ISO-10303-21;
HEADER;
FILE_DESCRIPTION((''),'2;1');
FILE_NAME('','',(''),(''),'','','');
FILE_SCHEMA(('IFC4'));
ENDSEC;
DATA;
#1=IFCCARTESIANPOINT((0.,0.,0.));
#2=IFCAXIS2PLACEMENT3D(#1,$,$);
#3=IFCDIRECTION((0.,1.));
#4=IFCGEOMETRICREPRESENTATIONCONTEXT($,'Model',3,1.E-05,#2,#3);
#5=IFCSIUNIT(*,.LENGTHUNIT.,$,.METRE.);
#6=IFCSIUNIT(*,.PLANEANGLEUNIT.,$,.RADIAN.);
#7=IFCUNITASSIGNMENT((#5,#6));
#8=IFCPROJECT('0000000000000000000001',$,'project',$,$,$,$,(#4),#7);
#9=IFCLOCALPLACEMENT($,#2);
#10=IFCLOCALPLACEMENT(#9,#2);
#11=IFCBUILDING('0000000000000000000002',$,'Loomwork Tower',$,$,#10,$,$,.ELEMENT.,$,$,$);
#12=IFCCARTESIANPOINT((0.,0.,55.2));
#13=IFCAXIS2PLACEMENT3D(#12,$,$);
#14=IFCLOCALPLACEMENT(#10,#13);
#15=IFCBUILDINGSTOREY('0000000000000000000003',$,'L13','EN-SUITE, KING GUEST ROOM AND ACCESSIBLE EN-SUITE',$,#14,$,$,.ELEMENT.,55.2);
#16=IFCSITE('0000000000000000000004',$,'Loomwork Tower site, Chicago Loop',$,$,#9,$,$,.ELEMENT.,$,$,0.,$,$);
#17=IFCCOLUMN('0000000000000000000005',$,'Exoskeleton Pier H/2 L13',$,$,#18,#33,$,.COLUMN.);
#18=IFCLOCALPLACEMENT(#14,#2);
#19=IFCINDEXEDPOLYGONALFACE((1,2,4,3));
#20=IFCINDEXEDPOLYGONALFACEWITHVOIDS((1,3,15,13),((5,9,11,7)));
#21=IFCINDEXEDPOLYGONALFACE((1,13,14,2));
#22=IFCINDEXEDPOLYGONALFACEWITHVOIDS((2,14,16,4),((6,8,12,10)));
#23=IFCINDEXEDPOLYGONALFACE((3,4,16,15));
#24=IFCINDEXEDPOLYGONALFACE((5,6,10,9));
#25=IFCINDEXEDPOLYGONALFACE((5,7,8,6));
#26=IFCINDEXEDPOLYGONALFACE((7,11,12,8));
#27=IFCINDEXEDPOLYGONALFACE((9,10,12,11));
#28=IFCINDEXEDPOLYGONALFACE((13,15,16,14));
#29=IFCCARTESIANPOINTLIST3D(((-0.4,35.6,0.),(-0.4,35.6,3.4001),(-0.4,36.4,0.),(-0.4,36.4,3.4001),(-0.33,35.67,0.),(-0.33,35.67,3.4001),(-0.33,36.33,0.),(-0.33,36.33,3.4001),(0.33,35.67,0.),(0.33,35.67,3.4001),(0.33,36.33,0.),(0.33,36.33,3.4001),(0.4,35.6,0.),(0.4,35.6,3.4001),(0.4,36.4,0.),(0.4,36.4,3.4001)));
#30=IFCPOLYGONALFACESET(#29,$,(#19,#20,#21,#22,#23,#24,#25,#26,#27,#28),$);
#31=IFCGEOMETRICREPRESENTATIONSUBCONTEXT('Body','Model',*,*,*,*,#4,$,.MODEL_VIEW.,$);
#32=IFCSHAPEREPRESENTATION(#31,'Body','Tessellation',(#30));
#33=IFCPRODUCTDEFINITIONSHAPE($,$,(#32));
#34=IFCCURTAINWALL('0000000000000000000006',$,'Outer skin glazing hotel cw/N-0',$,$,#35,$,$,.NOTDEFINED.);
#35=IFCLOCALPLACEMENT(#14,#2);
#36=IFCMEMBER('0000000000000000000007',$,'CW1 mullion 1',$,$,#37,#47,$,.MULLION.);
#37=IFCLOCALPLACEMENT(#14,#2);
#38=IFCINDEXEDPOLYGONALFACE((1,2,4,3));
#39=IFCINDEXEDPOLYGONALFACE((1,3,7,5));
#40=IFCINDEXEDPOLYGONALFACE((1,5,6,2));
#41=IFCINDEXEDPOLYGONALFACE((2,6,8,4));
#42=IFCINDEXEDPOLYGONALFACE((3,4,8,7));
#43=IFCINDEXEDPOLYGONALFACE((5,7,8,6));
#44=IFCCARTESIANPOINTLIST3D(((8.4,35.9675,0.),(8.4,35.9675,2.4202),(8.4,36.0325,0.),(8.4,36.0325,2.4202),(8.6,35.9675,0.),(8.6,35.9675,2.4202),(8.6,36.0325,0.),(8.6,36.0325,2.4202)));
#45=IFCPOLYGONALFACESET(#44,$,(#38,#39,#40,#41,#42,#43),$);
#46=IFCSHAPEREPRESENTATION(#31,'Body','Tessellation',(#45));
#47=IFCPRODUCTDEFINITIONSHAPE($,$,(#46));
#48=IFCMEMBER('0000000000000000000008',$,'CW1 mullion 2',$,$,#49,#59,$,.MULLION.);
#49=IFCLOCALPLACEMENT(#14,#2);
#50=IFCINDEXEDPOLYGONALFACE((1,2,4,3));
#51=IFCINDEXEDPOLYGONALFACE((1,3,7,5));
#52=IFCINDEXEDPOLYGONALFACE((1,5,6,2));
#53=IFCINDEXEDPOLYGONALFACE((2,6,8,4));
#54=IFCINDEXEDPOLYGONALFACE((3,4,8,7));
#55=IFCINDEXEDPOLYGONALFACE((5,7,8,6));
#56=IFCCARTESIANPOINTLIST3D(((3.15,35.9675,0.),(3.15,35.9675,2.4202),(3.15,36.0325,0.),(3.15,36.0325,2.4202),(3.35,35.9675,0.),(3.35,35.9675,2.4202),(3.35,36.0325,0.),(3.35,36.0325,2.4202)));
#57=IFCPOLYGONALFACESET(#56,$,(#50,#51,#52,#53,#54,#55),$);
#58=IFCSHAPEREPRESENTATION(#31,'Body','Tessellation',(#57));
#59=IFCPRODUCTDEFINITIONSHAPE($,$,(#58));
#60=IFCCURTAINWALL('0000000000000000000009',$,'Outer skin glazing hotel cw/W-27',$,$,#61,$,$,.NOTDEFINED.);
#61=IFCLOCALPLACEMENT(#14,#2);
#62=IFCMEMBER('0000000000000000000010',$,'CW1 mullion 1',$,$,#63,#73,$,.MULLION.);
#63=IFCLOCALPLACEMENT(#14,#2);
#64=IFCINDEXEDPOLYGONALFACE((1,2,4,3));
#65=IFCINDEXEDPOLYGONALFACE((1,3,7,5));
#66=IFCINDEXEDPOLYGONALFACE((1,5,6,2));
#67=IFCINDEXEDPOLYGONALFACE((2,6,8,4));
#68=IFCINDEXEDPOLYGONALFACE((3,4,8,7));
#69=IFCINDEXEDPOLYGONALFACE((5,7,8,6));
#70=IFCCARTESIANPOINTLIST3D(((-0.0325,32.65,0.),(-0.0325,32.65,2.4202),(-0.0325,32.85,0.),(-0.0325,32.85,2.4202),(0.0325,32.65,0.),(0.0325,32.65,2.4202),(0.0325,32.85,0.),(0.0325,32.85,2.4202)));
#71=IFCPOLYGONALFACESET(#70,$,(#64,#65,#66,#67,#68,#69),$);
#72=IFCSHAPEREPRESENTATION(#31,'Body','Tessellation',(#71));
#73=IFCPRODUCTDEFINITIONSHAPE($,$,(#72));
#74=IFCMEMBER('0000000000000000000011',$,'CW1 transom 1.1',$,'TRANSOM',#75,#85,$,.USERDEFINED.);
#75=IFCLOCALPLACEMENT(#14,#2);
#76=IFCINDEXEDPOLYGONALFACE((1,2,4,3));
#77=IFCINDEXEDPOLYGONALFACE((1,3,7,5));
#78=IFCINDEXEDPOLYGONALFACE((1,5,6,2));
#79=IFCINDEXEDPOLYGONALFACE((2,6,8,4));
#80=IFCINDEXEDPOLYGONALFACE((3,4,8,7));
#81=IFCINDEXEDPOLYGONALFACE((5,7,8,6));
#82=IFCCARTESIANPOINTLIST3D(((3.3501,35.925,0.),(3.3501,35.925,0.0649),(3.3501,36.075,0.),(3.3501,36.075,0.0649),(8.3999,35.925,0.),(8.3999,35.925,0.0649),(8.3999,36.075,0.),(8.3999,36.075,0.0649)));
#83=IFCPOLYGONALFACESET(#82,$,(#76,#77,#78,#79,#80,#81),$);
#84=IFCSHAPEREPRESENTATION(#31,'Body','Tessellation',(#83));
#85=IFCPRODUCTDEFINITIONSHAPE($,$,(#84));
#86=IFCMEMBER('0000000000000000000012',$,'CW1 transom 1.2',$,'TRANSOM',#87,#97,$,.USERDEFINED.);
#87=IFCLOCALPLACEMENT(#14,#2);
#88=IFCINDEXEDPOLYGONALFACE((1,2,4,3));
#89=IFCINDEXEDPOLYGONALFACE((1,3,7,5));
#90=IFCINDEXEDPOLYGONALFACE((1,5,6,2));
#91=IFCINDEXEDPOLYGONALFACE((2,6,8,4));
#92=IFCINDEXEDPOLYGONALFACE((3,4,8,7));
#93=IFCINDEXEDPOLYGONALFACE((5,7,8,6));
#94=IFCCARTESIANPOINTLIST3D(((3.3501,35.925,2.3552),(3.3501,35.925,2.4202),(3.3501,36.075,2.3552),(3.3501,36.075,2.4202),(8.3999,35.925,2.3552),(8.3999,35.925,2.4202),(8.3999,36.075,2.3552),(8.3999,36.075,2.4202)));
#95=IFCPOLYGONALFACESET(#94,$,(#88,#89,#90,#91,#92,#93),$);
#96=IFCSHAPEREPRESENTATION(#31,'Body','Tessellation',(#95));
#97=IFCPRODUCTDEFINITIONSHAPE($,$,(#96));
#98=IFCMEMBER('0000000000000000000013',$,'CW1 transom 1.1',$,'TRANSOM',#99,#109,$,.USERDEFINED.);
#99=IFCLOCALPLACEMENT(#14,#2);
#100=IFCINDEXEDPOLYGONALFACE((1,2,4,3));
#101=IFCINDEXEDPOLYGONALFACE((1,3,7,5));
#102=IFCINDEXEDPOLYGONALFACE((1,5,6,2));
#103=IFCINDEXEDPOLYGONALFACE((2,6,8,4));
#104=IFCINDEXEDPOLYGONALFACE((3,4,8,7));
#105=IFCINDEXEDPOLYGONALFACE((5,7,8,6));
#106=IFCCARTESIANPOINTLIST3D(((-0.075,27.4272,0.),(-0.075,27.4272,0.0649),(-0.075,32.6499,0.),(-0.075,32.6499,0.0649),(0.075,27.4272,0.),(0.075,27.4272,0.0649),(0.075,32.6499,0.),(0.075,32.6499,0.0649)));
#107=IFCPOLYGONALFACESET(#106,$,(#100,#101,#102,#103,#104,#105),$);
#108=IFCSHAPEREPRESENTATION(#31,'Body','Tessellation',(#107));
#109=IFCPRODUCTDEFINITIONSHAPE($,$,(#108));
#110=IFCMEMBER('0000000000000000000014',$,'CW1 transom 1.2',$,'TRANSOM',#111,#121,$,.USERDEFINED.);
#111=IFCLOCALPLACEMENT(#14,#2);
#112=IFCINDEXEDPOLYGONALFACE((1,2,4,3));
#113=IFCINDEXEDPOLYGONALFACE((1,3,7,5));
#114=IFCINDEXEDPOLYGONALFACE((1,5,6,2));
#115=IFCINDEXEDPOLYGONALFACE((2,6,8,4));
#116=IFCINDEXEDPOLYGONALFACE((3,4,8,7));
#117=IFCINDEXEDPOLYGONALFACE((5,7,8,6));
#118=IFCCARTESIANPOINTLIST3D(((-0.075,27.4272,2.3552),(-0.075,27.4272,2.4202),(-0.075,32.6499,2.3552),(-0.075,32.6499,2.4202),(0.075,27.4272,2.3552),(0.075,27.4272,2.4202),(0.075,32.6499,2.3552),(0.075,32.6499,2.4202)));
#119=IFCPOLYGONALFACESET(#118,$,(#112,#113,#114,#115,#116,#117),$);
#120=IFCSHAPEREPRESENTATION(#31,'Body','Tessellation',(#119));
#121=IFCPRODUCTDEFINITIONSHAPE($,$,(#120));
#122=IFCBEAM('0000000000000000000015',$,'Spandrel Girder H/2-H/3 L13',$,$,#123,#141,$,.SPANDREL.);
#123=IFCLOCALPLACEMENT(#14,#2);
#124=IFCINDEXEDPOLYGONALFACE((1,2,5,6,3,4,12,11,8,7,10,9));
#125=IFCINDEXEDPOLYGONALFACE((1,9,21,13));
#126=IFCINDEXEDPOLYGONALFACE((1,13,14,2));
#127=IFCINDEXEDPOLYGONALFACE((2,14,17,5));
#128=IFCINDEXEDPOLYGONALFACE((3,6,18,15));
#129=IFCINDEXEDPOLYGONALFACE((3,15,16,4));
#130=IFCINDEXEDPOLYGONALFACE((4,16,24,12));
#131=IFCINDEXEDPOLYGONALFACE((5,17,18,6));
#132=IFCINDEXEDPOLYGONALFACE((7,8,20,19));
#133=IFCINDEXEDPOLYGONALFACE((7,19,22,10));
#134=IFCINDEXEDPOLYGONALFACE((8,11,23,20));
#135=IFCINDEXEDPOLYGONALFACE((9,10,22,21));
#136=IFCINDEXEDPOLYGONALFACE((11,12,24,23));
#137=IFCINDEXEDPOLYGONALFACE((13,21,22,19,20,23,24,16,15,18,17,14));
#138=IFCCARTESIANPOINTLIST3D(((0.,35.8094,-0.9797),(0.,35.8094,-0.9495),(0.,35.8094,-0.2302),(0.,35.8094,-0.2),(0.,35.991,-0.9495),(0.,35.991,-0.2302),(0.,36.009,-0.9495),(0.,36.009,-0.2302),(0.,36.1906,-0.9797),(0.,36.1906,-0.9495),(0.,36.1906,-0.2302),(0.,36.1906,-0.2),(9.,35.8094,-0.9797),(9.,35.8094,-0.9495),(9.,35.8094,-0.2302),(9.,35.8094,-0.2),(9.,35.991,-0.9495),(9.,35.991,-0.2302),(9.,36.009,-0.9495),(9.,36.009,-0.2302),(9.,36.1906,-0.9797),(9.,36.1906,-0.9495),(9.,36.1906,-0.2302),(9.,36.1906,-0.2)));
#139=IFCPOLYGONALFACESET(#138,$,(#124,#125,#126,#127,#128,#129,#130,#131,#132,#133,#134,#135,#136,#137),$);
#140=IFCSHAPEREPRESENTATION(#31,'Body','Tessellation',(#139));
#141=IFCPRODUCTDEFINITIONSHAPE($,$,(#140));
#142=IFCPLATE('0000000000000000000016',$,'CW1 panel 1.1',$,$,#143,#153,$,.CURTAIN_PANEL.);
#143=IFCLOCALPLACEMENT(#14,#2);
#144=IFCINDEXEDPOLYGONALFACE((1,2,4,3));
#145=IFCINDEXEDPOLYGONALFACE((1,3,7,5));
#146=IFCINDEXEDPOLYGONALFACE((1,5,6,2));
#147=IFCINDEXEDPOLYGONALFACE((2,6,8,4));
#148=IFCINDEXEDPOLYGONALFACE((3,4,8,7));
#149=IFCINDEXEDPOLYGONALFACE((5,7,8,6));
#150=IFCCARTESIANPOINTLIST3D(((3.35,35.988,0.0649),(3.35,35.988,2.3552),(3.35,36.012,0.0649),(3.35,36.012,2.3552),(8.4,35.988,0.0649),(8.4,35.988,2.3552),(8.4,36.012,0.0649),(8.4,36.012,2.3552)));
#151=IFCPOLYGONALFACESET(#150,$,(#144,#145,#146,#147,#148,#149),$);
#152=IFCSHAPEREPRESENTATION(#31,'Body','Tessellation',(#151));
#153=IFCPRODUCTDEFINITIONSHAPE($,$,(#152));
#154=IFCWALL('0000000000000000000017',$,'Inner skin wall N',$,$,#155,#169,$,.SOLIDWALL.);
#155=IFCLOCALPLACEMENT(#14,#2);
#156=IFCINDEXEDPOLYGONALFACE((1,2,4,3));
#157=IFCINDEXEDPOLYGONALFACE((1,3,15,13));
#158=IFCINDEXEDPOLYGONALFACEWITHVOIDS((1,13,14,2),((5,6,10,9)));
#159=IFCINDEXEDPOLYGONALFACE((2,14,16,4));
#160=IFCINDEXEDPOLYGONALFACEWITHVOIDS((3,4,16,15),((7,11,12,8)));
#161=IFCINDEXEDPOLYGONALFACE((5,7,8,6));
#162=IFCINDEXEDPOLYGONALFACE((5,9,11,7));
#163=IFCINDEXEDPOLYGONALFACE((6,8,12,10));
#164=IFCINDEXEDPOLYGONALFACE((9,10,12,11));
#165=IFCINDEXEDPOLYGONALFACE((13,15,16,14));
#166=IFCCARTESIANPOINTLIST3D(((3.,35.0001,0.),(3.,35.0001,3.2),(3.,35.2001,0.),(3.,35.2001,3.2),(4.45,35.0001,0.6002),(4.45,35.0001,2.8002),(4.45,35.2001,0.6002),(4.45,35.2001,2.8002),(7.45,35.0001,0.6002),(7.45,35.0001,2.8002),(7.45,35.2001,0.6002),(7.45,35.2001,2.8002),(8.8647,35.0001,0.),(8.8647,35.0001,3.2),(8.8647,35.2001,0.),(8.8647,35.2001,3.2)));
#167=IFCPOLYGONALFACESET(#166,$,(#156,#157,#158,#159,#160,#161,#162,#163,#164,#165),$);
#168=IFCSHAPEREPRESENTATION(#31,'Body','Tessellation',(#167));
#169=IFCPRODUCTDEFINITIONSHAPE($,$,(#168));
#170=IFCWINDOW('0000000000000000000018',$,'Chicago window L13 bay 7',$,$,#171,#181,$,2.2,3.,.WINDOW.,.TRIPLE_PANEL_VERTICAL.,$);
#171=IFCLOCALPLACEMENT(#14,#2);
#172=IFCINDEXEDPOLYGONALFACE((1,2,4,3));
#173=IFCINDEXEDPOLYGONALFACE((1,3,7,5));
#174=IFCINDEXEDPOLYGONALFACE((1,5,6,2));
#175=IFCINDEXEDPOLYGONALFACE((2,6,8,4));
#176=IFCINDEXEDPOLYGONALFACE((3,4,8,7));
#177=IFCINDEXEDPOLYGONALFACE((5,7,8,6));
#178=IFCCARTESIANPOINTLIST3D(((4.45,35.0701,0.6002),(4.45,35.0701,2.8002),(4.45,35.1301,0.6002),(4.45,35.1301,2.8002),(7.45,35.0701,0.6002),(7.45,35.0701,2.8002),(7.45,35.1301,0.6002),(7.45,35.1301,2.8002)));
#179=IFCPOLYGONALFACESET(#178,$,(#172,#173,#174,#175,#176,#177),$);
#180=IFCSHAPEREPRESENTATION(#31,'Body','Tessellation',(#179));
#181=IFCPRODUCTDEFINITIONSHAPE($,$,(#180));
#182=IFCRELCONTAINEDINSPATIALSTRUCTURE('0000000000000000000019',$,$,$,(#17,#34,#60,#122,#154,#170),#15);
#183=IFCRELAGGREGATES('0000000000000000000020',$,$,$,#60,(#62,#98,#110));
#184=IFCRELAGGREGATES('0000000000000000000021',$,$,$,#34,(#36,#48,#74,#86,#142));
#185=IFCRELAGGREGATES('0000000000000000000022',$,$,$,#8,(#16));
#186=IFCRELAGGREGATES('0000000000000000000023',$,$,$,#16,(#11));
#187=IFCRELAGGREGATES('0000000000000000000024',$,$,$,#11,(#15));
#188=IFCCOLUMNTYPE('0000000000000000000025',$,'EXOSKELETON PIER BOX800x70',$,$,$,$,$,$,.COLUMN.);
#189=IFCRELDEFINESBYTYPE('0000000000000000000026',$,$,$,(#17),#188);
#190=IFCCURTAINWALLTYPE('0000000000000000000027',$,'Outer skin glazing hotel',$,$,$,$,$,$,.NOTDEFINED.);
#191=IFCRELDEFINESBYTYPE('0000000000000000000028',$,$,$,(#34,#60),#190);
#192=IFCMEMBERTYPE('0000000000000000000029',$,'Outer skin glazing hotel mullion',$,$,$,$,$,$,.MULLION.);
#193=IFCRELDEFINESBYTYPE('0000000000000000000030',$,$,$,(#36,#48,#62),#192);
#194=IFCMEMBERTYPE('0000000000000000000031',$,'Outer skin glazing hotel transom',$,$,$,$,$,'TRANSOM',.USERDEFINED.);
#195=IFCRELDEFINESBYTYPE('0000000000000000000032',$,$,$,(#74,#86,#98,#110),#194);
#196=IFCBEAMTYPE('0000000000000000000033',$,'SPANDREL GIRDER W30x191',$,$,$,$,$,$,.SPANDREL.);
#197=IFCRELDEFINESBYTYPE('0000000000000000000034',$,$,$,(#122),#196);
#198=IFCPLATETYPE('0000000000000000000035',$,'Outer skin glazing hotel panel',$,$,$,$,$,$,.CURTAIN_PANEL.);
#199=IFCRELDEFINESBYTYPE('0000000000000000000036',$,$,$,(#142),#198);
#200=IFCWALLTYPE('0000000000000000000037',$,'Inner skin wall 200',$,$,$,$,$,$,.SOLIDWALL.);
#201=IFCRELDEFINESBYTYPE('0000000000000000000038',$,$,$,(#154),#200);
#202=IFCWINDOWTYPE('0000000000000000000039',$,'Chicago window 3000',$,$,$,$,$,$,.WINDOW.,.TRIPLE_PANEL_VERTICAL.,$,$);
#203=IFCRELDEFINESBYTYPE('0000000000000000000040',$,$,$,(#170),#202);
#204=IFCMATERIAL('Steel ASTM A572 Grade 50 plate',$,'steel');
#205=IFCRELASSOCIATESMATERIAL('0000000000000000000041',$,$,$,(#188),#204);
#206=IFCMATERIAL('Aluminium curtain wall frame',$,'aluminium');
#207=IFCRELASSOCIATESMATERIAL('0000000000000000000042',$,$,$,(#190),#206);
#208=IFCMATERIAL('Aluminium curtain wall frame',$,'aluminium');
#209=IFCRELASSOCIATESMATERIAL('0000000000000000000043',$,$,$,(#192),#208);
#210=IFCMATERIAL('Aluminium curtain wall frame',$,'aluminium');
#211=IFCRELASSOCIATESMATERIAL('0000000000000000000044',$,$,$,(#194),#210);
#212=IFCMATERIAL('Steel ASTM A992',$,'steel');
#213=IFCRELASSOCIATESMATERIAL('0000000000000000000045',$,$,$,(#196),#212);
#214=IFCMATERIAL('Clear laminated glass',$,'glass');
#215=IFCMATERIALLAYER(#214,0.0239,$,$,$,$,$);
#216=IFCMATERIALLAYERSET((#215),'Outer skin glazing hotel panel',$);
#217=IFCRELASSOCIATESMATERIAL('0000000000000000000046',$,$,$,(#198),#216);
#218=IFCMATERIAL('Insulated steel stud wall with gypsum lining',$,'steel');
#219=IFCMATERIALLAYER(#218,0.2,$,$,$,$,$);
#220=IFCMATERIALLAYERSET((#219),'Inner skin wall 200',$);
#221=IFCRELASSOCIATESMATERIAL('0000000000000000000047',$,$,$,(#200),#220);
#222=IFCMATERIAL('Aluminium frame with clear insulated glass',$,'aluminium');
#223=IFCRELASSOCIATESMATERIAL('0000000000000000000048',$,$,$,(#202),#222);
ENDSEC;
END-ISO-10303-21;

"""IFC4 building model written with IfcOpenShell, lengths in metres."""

from ifc_helpers import new_model, si_unit, direction, frame, frame_2d, origin, origin_2d, place, context, subcontext, project, spatial, rectangle, hollow_rectangle, i_section, extrude, material, layer, layer_set, material_profile, profile_set, type_object, element, fill, aggregate, save


model = new_model("IFC4")

# Units and contexts
model_context = context("Model", 3, precision=1e-05, world=origin(), true_north=direction((0.0, 1.0)))
body_context = subcontext(model_context, "Body", "Model", "MODEL_VIEW")
ifc_project = project(units=[si_unit("LENGTHUNIT", "METRE"), si_unit("PLANEANGLEUNIT", "RADIAN")], contexts=[model_context])

# Site, building, storey
site_placement = place(None, origin())
site = spatial("IfcSite", under=ifc_project, at=site_placement, Name="Loomwork Tower site, Chicago Loop", CompositionType="ELEMENT", RefElevation=0.0)
building_placement = place(site_placement, origin())
building = spatial("IfcBuilding", under=site, at=building_placement, Name="Loomwork Tower", CompositionType="ELEMENT")
storey_placement = place(building_placement, frame((0.0, 0.0, 55.2)))
storey = spatial("IfcBuildingStorey", under=building, at=storey_placement, Name="L13", Description="EN-SUITE, KING GUEST ROOM AND ACCESSIBLE EN-SUITE", CompositionType="ELEMENT", Elevation=55.2)

# Column
ifc_material_1 = material(Name="Steel ASTM A572 Grade 50 plate", Category="steel")
ifc_material_profile_1 = material_profile(ifc_material_1, hollow_rectangle(XDim=0.8, YDim=0.8, WallThickness=0.0701, at=origin_2d()), Name="BOX800x70")
ifc_profile_set_1 = profile_set([ifc_material_profile_1], Name="Steel ASTM A572 Grade 50 plate")
column_type = type_object("IfcColumnType", Name="EXOSKELETON PIER BOX800x70", PredefinedType="COLUMN", material=ifc_profile_set_1)
column_placement = place(storey_placement, frame((0.0, 36.0, 0.0), z_axis=(0.0, 0.0, 1.0), x_axis=(1.0, 0.0, 0.0)))
element("IfcColumn", 1, at=column_placement, inside=storey, type_object=column_type, Name="Exoskeleton Pier H/2 L13", PredefinedType="COLUMN", context=body_context, shape_type="SweptSolid", body=[
    extrude(hollow_rectangle(XDim=0.8, YDim=0.8, WallThickness=0.0701, at=origin_2d()), origin(), (0.0, 0.0, 1.0), 3.4001),
])

# Curtain wall, members
ifc_material_2 = material(Name="Aluminium curtain wall frame", Category="aluminium")
curtain_wall_type = type_object("IfcCurtainWallType", Name="Outer skin glazing hotel", PredefinedType="NOTDEFINED", material=ifc_material_2)
curtain_wall_1_placement = place(storey_placement, origin())
curtain_wall_1 = element("IfcCurtainWall", 2, at=curtain_wall_1_placement, inside=storey, type_object=curtain_wall_type, Name="Outer skin glazing hotel cw/N-0", PredefinedType="NOTDEFINED")
ifc_material_3 = material(Name="Aluminium curtain wall frame", Category="aluminium")
ifc_material_profile_2 = material_profile(ifc_material_3, rectangle(XDim=0.0649, YDim=0.2, at=origin_2d()), Name="AL 65x200")
ifc_profile_set_2 = profile_set([ifc_material_profile_2], Name="Aluminium curtain wall frame")
member_type_1 = type_object("IfcMemberType", Name="Outer skin glazing hotel mullion", PredefinedType="MULLION", material=ifc_profile_set_2)
member_1_placement = place(storey_placement, frame((8.5, 36.0, 0.0), z_axis=(0.0, 0.0, 1.0), x_axis=(0.0, -1.0, 0.0)))
member_1 = element("IfcMember", 3, at=member_1_placement, type_object=member_type_1, Name="CW1 mullion 1", PredefinedType="MULLION", context=body_context, shape_type="SweptSolid", body=[
    extrude(rectangle(XDim=0.0649, YDim=0.2, at=origin_2d()), origin(), (0.0, 0.0, 1.0), 2.4202),
])
member_2_placement = place(storey_placement, frame((3.25, 36.0, 0.0), z_axis=(0.0, 0.0, 1.0), x_axis=(0.0, -1.0, 0.0)))
member_2 = element("IfcMember", 4, at=member_2_placement, type_object=member_type_1, Name="CW1 mullion 2", PredefinedType="MULLION", context=body_context, shape_type="SweptSolid", body=[
    extrude(rectangle(XDim=0.0649, YDim=0.2, at=origin_2d()), origin(), (0.0, 0.0, 1.0), 2.4202),
])

# Curtain wall, member
curtain_wall_2_placement = place(storey_placement, origin())
curtain_wall_2 = element("IfcCurtainWall", 5, at=curtain_wall_2_placement, inside=storey, type_object=curtain_wall_type, Name="Outer skin glazing hotel cw/W-27", PredefinedType="NOTDEFINED")
member_3_placement = place(storey_placement, frame((0.0, 32.75, 0.0), z_axis=(0.0, 0.0, 1.0), x_axis=(1.0, 0.0, 0.0)))
member_3 = element("IfcMember", 6, at=member_3_placement, type_object=member_type_1, Name="CW1 mullion 1", PredefinedType="MULLION", context=body_context, shape_type="SweptSolid", body=[
    extrude(rectangle(XDim=0.0649, YDim=0.2, at=origin_2d()), origin(), (0.0, 0.0, 1.0), 2.4202),
])

# Members
ifc_material_4 = material(Name="Aluminium curtain wall frame", Category="aluminium")
ifc_material_profile_3 = material_profile(ifc_material_4, rectangle(XDim=0.1499, YDim=0.0649, at=origin_2d()), Name="AL 65x150")
ifc_profile_set_3 = profile_set([ifc_material_profile_3], Name="Aluminium curtain wall frame")
member_type_2 = type_object("IfcMemberType", Name="Outer skin glazing hotel transom", ElementType="TRANSOM", PredefinedType="USERDEFINED", material=ifc_profile_set_3)
member_4_placement = place(storey_placement, frame((8.3999, 36.0, 0.0325), z_axis=(-1.0, 0.0, 0.0), x_axis=(0.0, -1.0, 0.0)))
member_4 = element("IfcMember", 7, at=member_4_placement, type_object=member_type_2, Name="CW1 transom 1.1", ObjectType="TRANSOM", PredefinedType="USERDEFINED", context=body_context, shape_type="SweptSolid", body=[
    extrude(rectangle(XDim=0.1499, YDim=0.0649, at=origin_2d()), origin(), (0.0, 0.0, 1.0), 5.0498),
])
member_5_placement = place(storey_placement, frame((8.3999, 36.0, 2.3877), z_axis=(-1.0, 0.0, 0.0), x_axis=(0.0, -1.0, 0.0)))
member_5 = element("IfcMember", 8, at=member_5_placement, type_object=member_type_2, Name="CW1 transom 1.2", ObjectType="TRANSOM", PredefinedType="USERDEFINED", context=body_context, shape_type="SweptSolid", body=[
    extrude(rectangle(XDim=0.1499, YDim=0.0649, at=origin_2d()), origin(), (0.0, 0.0, 1.0), 5.0498),
])
member_6_placement = place(storey_placement, frame((0.0, 32.6499, 0.0325), z_axis=(0.0, -1.0, 0.0), x_axis=(1.0, 0.0, 0.0)))
member_6 = element("IfcMember", 9, at=member_6_placement, type_object=member_type_2, Name="CW1 transom 1.1", ObjectType="TRANSOM", PredefinedType="USERDEFINED", context=body_context, shape_type="SweptSolid", body=[
    extrude(rectangle(XDim=0.1499, YDim=0.0649, at=origin_2d()), origin(), (0.0, 0.0, 1.0), 5.2227),
])
member_7_placement = place(storey_placement, frame((0.0, 32.6499, 2.3877), z_axis=(0.0, -1.0, 0.0), x_axis=(1.0, 0.0, 0.0)))
member_7 = element("IfcMember", 10, at=member_7_placement, type_object=member_type_2, Name="CW1 transom 1.2", ObjectType="TRANSOM", PredefinedType="USERDEFINED", context=body_context, shape_type="SweptSolid", body=[
    extrude(rectangle(XDim=0.1499, YDim=0.0649, at=origin_2d()), origin(), (0.0, 0.0, 1.0), 5.2227),
])
aggregate(curtain_wall_2, [member_3, member_6, member_7])

# Beam
ifc_material_5 = material(Name="Steel ASTM A992", Category="steel")
ifc_material_profile_4 = material_profile(ifc_material_5, i_section(OverallWidth=0.3811, OverallDepth=0.7798, WebThickness=0.0181, FlangeThickness=0.0303, at=origin_2d()), Name="W30x191")
ifc_profile_set_4 = profile_set([ifc_material_profile_4], Name="Steel ASTM A992")
beam_type = type_object("IfcBeamType", Name="SPANDREL GIRDER W30x191", PredefinedType="SPANDREL", material=ifc_profile_set_4)
beam_placement = place(storey_placement, frame((0.0, 36.0, -0.5898), z_axis=(1.0, 0.0, 0.0), x_axis=(0.0, 1.0, 0.0)))
element("IfcBeam", 11, at=beam_placement, inside=storey, type_object=beam_type, Name="Spandrel Girder H/2-H/3 L13", PredefinedType="SPANDREL", context=body_context, shape_type="SweptSolid", body=[
    extrude(i_section(OverallWidth=0.3811, OverallDepth=0.7798, WebThickness=0.0181, FlangeThickness=0.0303, at=origin_2d()), origin(), (0.0, 0.0, 1.0), 9.0),
])

# Plate
ifc_material_6 = material(Name="Clear laminated glass", Category="glass")
ifc_layer_1 = layer(ifc_material_6, 0.0239)
ifc_layer_set_1 = layer_set([ifc_layer_1], Name="Outer skin glazing hotel panel")
plate_type = type_object("IfcPlateType", Name="Outer skin glazing hotel panel", PredefinedType="CURTAIN_PANEL", material=ifc_layer_set_1)
plate_placement = place(storey_placement, frame((5.875, 36.0, 0.0649), z_axis=(0.0, 0.0, 1.0), x_axis=(-1.0, 0.0, 0.0)))
plate = element("IfcPlate", 12, at=plate_placement, type_object=plate_type, Name="CW1 panel 1.1", PredefinedType="CURTAIN_PANEL", context=body_context, shape_type="SweptSolid", body=[
    extrude(rectangle(XDim=5.05, YDim=0.0239, at=origin_2d()), origin(), (0.0, 0.0, 1.0), 2.2903),
])
aggregate(curtain_wall_1, [member_1, member_2, member_4, member_5, plate])

# Wall, opening, window
ifc_material_7 = material(Name="Insulated steel stud wall with gypsum lining", Category="steel")
ifc_layer_2 = layer(ifc_material_7, 0.2)
ifc_layer_set_2 = layer_set([ifc_layer_2], Name="Inner skin wall 200")
wall_type_1 = type_object("IfcWallType", Name="Inner skin wall 200", PredefinedType="SOLIDWALL", material=ifc_layer_set_2)
wall_1_placement = place(storey_placement, frame((3.0, 35.1001, 0.0), z_axis=(0.0, 0.0, 1.0), x_axis=(1.0, 0.0, 0.0)))
wall_1 = element("IfcWall", 13, at=wall_1_placement, inside=storey, type_object=wall_type_1, Name="Inner skin wall N", PredefinedType="SOLIDWALL", context=body_context, shape_type="SweptSolid", body=[
    extrude(rectangle(XDim=5.8647, YDim=0.2, at=frame_2d((2.9324, 0.0))), origin(), (0.0, 0.0, 1.0), 3.2),
])
opening_1_placement = place(wall_1_placement, frame((1.45, 0.0, 0.6001)))
opening_1 = element("IfcOpeningElement", 14, at=opening_1_placement, cuts=wall_1, PredefinedType="OPENING", context=body_context, shape_type="SweptSolid", body=[
    extrude(rectangle(XDim=3.0, YDim=2.2, at=frame_2d((1.5, 1.1001))), frame((0.0, 0.1099, 0.0), z_axis=(0.0, -1.0, 0.0), x_axis=(1.0, 0.0, 0.0)), (0.0, 0.0, 1.0), 0.22),
])
ifc_material_8 = material(Name="Aluminium frame with clear insulated glass", Category="aluminium")
window_type_1 = type_object("IfcWindowType", Name="Chicago window 3000", PartitioningType="TRIPLE_PANEL_VERTICAL", PredefinedType="WINDOW", material=ifc_material_8)
window_1_placement = place(opening_1_placement, origin())
window_1 = element("IfcWindow", 15, at=window_1_placement, inside=storey, type_object=window_type_1, Name="Chicago window L13 bay 7", OverallHeight=2.2, OverallWidth=3.0, PartitioningType="TRIPLE_PANEL_VERTICAL", PredefinedType="WINDOW", context=body_context, shape_type="SweptSolid", body=[
    extrude(rectangle(XDim=3.0, YDim=2.2, at=frame_2d((1.5, 1.1001))), frame((0.0, 0.03, 0.0), z_axis=(0.0, -1.0, 0.0), x_axis=(1.0, 0.0, 0.0)), (0.0, 0.0, 1.0), 0.0601),
])
fill(opening_1, window_1)

save(model, "model.ifc")
